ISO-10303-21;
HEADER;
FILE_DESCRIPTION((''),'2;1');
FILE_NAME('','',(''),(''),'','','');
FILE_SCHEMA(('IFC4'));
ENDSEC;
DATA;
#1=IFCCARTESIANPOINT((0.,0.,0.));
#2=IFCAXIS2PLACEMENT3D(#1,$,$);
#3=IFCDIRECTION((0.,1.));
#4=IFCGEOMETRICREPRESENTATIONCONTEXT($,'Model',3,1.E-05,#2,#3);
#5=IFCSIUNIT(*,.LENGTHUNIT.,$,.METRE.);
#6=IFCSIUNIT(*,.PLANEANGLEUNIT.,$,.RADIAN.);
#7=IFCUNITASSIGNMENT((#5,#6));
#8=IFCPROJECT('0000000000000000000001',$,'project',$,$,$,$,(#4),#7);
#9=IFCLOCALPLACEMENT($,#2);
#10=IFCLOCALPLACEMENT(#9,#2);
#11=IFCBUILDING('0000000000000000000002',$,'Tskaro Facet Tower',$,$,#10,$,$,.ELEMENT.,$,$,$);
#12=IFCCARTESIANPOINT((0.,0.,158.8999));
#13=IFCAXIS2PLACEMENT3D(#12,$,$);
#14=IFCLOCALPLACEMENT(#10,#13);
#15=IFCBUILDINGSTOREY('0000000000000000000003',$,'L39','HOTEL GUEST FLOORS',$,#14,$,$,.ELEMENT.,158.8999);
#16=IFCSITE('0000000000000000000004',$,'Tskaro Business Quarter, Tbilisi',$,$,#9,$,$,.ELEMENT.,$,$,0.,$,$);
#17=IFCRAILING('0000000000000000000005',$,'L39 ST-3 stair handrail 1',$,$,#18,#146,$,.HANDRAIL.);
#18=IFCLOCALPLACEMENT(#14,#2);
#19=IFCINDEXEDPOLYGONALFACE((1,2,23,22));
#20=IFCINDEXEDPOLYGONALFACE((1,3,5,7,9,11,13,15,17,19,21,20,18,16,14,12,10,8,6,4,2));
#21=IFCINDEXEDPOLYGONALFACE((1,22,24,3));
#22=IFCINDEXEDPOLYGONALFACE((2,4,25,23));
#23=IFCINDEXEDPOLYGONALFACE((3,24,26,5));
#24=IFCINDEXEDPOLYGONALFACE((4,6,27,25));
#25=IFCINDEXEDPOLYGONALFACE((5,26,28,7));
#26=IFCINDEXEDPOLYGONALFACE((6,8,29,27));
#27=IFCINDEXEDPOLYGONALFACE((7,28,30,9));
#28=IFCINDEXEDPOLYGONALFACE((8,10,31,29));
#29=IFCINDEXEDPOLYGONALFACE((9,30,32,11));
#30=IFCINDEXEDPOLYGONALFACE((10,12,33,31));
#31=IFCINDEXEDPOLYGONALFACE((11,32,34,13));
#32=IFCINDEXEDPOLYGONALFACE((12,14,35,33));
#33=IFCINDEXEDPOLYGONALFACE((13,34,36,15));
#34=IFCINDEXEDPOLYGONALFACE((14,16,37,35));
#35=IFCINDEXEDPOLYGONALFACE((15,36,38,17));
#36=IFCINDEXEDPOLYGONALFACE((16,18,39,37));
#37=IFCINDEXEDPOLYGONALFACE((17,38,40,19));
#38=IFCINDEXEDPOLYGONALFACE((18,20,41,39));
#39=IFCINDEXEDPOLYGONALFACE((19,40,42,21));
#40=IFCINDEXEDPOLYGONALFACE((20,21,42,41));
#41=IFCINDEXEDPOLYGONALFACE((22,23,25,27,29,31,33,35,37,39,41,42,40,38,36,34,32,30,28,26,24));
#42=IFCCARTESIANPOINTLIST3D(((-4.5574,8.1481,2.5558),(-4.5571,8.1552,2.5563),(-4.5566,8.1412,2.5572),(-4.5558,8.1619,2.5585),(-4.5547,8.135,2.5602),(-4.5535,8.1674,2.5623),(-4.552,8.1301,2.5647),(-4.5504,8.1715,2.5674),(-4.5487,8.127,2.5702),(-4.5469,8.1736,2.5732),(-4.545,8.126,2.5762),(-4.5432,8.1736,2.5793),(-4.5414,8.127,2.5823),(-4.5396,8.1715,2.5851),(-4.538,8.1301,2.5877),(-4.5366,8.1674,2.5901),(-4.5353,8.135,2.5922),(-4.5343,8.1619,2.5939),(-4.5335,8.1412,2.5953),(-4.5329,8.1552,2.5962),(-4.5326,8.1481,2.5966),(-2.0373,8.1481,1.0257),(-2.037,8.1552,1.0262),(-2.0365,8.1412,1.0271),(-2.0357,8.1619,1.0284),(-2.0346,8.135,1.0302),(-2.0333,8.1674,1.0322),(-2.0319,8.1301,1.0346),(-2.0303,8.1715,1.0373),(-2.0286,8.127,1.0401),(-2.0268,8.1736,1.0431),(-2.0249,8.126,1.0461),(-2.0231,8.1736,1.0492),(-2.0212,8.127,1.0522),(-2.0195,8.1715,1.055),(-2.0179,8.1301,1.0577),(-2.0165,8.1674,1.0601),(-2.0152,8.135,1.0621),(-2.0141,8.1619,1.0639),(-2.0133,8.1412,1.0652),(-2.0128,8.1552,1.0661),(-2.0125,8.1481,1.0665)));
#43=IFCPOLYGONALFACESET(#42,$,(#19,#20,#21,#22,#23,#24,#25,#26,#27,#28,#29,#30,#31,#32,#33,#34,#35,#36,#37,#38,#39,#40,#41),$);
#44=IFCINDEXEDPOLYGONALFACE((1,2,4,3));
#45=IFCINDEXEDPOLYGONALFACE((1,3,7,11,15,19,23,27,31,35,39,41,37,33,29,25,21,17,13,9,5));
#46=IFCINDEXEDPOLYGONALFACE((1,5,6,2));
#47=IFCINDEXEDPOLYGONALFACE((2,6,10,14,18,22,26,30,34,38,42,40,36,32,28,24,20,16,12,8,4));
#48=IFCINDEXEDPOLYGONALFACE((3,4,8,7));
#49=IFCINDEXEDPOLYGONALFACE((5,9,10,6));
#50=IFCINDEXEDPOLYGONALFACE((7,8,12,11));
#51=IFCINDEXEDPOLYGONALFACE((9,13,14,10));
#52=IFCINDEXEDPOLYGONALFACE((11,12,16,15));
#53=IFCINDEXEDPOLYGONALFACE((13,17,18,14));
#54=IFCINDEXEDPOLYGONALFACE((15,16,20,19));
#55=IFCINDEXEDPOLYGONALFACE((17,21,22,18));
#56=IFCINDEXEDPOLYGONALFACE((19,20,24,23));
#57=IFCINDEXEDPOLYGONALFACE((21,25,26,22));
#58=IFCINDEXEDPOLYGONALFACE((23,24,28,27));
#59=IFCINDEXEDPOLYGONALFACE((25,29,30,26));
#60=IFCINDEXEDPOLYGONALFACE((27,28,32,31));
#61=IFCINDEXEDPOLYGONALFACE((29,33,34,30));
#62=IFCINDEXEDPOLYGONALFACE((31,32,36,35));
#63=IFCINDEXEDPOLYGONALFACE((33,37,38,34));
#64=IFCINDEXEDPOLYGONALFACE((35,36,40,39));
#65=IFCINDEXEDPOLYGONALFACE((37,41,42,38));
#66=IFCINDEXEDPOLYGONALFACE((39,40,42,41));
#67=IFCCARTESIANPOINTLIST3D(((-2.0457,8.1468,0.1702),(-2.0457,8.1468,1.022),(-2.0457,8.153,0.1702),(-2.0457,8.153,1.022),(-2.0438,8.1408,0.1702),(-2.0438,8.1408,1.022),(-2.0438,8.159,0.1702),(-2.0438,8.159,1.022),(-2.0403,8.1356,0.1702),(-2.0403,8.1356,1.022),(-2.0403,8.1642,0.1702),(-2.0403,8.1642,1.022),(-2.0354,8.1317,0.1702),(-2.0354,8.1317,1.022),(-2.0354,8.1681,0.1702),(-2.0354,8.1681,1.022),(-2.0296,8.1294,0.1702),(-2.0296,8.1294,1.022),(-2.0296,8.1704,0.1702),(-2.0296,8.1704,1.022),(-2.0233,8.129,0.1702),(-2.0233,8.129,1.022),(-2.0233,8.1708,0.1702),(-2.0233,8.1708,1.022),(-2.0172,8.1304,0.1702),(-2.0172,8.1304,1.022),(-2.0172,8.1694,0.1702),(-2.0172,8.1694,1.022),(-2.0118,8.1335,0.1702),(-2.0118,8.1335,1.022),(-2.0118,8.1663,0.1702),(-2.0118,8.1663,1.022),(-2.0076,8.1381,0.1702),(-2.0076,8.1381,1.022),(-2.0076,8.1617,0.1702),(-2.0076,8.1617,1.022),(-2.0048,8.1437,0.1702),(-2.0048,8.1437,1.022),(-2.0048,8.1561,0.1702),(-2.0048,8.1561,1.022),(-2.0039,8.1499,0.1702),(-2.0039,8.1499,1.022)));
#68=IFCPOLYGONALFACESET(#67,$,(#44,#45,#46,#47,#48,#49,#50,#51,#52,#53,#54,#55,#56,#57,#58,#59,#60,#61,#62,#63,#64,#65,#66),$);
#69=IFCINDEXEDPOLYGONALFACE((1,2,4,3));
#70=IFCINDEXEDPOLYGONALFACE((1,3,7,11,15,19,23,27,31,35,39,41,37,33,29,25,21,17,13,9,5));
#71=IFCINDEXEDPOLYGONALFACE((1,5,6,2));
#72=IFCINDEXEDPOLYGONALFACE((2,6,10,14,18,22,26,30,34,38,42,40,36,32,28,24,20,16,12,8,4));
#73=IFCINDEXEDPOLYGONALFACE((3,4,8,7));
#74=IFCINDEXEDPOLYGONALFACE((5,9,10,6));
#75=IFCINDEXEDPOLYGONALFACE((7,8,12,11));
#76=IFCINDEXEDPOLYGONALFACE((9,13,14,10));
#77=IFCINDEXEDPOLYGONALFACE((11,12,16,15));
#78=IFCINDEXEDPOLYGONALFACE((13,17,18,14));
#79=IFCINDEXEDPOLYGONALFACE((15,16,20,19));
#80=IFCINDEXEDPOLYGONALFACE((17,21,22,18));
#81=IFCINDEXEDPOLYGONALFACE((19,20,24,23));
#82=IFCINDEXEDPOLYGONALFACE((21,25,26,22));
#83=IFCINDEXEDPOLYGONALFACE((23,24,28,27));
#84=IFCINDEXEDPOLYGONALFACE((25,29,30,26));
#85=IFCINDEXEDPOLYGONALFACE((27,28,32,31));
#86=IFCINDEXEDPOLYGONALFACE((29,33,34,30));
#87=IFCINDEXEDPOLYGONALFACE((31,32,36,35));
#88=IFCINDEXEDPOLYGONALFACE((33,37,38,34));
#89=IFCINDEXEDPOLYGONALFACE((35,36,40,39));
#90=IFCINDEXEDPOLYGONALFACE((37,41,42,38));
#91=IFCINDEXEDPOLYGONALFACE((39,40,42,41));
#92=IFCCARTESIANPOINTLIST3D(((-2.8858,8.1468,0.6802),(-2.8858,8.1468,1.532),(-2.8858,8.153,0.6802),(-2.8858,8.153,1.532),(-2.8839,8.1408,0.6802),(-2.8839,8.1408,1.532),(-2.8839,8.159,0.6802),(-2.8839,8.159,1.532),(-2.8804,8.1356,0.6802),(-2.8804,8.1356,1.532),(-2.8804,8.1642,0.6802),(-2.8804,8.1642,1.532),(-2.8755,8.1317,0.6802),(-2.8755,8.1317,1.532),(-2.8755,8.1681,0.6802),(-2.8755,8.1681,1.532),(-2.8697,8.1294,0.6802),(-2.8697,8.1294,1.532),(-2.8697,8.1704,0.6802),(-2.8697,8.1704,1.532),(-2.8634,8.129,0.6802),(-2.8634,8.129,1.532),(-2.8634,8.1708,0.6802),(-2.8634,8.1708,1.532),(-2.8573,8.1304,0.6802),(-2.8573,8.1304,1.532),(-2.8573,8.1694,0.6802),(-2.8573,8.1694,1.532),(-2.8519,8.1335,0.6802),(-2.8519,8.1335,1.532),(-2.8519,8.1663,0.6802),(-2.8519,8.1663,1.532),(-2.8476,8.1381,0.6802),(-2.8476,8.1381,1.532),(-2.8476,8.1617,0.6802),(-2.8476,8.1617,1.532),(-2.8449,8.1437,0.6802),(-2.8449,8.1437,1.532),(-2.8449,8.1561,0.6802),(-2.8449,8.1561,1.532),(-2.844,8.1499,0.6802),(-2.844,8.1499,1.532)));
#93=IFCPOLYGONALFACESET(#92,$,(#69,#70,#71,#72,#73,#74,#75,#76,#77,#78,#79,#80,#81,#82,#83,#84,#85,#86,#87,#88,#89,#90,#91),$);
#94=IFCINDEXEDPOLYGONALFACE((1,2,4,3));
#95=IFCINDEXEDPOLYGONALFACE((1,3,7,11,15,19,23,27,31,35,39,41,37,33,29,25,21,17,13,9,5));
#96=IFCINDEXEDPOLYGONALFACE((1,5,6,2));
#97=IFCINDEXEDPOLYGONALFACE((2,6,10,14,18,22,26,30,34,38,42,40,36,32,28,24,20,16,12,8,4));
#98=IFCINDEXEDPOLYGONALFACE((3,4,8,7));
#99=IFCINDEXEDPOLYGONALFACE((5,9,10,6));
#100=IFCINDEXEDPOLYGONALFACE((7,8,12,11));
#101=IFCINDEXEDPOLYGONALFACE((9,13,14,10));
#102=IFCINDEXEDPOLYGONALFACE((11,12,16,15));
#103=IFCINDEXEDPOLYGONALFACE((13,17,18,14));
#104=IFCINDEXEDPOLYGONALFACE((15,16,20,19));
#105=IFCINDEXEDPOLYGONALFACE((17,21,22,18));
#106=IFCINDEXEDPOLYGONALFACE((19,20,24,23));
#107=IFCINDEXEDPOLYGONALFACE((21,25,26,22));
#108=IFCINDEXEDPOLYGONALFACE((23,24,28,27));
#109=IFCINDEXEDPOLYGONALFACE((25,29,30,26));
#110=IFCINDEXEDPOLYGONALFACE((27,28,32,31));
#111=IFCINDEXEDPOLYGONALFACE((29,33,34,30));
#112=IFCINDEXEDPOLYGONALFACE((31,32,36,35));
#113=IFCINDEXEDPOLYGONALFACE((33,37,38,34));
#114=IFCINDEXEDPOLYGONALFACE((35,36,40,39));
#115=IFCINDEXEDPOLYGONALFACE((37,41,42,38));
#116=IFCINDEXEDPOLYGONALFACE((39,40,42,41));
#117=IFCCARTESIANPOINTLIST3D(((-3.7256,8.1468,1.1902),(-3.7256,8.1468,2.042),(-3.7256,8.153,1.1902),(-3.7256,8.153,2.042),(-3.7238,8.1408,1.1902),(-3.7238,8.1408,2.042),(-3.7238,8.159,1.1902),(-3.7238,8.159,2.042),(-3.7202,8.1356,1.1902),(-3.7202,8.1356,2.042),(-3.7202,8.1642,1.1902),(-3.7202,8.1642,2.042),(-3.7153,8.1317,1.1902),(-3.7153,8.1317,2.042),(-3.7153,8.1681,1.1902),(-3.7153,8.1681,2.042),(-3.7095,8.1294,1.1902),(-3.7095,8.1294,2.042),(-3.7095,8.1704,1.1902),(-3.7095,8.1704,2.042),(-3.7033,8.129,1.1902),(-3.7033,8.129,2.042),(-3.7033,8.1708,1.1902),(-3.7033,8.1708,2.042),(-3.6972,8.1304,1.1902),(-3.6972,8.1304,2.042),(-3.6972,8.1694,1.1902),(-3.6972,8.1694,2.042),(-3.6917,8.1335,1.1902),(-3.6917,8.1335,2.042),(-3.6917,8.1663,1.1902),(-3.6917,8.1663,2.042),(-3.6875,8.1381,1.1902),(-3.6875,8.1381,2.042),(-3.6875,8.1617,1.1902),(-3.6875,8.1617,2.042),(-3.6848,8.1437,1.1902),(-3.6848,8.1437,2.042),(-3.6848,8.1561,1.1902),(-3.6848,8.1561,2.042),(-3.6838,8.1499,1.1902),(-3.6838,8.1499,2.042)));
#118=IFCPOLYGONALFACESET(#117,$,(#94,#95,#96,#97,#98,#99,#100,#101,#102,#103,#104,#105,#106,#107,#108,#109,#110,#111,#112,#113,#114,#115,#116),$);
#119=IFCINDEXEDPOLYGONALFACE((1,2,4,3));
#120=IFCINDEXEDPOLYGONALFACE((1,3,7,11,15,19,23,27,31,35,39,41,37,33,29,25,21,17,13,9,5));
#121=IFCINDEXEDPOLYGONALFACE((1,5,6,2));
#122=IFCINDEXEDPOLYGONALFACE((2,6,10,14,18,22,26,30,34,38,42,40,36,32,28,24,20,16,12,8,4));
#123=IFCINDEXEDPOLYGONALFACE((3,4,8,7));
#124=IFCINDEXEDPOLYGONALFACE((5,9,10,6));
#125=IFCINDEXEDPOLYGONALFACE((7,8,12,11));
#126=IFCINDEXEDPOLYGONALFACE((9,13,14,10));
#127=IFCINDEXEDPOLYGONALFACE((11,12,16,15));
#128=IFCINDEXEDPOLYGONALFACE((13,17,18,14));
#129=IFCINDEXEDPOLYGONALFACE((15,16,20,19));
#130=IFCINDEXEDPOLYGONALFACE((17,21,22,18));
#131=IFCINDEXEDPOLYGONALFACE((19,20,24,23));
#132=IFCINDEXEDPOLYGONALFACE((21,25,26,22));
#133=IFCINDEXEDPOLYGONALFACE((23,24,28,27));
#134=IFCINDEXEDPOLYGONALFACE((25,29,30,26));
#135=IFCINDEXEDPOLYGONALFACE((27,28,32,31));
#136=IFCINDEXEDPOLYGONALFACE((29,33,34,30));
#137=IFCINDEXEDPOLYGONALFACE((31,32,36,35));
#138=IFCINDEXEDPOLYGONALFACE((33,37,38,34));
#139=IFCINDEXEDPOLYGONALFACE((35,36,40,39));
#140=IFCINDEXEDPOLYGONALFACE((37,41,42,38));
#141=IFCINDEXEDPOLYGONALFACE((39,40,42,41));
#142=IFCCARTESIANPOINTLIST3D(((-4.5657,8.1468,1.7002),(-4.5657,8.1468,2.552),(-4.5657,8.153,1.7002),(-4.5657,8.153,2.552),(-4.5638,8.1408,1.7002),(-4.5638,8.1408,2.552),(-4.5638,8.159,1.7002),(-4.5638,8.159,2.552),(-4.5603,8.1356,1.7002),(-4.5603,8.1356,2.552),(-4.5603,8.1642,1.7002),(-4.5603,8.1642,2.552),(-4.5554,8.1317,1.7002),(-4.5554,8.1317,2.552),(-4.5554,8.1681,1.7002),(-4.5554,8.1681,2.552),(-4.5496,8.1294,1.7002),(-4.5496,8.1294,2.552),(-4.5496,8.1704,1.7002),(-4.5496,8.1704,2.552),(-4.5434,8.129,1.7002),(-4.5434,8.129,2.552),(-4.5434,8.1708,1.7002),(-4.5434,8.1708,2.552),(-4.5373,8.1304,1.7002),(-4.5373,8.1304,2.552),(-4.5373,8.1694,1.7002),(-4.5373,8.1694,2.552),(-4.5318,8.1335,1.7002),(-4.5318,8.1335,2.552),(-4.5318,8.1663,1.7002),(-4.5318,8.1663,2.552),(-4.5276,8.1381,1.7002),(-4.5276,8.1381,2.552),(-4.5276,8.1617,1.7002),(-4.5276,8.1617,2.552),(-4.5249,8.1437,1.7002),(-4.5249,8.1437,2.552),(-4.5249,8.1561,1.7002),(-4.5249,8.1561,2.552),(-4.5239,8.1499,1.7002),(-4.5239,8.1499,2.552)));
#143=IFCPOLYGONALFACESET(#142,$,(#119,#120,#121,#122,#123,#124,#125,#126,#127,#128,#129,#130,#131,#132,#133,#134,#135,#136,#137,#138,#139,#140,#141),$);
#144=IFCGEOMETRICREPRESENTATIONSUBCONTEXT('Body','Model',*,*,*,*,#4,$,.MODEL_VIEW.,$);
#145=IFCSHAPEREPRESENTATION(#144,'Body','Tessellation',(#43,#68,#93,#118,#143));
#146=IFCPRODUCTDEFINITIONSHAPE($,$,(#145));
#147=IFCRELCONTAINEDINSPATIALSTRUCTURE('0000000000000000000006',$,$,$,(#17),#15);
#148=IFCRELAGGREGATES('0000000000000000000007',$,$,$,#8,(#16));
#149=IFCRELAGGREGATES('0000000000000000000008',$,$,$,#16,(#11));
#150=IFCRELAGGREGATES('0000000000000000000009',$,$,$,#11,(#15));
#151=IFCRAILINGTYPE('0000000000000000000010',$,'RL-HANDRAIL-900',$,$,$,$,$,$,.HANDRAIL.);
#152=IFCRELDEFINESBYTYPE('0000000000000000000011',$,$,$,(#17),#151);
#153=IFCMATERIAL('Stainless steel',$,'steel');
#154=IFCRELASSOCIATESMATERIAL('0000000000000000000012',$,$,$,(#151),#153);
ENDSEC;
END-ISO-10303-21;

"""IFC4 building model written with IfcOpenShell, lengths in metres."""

from ifc_helpers import new_model, si_unit, direction, frame, origin, origin_2d, place, context, subcontext, project, spatial, circle, extrude, material, type_object, element, save


model = new_model("IFC4")

# Units and contexts
model_context = context("Model", 3, precision=1e-05, world=origin(), true_north=direction((0.0, 1.0)))
body_context = subcontext(model_context, "Body", "Model", "MODEL_VIEW")
ifc_project = project(units=[si_unit("LENGTHUNIT", "METRE"), si_unit("PLANEANGLEUNIT", "RADIAN")], contexts=[model_context])

# Site, building, storey
site_placement = place(None, origin())
site = spatial("IfcSite", under=ifc_project, at=site_placement, Name="Tskaro Business Quarter, Tbilisi", CompositionType="ELEMENT", RefElevation=0.0)
building_placement = place(site_placement, origin())
building = spatial("IfcBuilding", under=site, at=building_placement, Name="Tskaro Facet Tower", CompositionType="ELEMENT")
storey_placement = place(building_placement, frame((0.0, 0.0, 158.8999)))
storey = spatial("IfcBuildingStorey", under=building, at=storey_placement, Name="L39", Description="HOTEL GUEST FLOORS", CompositionType="ELEMENT", Elevation=158.8999)

# Railing
ifc_material_1 = material(Name="Stainless steel", Category="steel")
railing_type_1 = type_object("IfcRailingType", Name="RL-HANDRAIL-900", PredefinedType="HANDRAIL", material=ifc_material_1)
railing_1_placement = place(storey_placement, frame((-2.0249, 8.1499, 0.1702)))
element("IfcRailing", 1, at=railing_1_placement, inside=storey, type_object=railing_type_1, Name="L39 ST-3 stair handrail 1", PredefinedType="HANDRAIL", context=body_context, shape_type="SweptSolid", body=[
    extrude(circle(Radius=0.0239, at=origin_2d()), frame((0.0, 0.0, 0.876), z_axis=(-0.854785, 0.0, 0.518982), x_axis=(0.0, -1.0, 0.0)), (0.0, 0.0, 1.0), 2.9482),
    extrude(circle(Radius=0.021, at=origin_2d()), origin(), (0.0, 0.0, 1.0), 0.8518),
    extrude(circle(Radius=0.021, at=origin_2d()), frame((-0.8401, 0.0, 0.51)), (0.0, 0.0, 1.0), 0.8518),
    extrude(circle(Radius=0.021, at=origin_2d()), frame((-1.6799, 0.0, 1.02)), (0.0, 0.0, 1.0), 0.8518),
    extrude(circle(Radius=0.021, at=origin_2d()), frame((-2.52, 0.0, 1.53)), (0.0, 0.0, 1.0), 0.8518),
])

save(model, "model.ifc")
